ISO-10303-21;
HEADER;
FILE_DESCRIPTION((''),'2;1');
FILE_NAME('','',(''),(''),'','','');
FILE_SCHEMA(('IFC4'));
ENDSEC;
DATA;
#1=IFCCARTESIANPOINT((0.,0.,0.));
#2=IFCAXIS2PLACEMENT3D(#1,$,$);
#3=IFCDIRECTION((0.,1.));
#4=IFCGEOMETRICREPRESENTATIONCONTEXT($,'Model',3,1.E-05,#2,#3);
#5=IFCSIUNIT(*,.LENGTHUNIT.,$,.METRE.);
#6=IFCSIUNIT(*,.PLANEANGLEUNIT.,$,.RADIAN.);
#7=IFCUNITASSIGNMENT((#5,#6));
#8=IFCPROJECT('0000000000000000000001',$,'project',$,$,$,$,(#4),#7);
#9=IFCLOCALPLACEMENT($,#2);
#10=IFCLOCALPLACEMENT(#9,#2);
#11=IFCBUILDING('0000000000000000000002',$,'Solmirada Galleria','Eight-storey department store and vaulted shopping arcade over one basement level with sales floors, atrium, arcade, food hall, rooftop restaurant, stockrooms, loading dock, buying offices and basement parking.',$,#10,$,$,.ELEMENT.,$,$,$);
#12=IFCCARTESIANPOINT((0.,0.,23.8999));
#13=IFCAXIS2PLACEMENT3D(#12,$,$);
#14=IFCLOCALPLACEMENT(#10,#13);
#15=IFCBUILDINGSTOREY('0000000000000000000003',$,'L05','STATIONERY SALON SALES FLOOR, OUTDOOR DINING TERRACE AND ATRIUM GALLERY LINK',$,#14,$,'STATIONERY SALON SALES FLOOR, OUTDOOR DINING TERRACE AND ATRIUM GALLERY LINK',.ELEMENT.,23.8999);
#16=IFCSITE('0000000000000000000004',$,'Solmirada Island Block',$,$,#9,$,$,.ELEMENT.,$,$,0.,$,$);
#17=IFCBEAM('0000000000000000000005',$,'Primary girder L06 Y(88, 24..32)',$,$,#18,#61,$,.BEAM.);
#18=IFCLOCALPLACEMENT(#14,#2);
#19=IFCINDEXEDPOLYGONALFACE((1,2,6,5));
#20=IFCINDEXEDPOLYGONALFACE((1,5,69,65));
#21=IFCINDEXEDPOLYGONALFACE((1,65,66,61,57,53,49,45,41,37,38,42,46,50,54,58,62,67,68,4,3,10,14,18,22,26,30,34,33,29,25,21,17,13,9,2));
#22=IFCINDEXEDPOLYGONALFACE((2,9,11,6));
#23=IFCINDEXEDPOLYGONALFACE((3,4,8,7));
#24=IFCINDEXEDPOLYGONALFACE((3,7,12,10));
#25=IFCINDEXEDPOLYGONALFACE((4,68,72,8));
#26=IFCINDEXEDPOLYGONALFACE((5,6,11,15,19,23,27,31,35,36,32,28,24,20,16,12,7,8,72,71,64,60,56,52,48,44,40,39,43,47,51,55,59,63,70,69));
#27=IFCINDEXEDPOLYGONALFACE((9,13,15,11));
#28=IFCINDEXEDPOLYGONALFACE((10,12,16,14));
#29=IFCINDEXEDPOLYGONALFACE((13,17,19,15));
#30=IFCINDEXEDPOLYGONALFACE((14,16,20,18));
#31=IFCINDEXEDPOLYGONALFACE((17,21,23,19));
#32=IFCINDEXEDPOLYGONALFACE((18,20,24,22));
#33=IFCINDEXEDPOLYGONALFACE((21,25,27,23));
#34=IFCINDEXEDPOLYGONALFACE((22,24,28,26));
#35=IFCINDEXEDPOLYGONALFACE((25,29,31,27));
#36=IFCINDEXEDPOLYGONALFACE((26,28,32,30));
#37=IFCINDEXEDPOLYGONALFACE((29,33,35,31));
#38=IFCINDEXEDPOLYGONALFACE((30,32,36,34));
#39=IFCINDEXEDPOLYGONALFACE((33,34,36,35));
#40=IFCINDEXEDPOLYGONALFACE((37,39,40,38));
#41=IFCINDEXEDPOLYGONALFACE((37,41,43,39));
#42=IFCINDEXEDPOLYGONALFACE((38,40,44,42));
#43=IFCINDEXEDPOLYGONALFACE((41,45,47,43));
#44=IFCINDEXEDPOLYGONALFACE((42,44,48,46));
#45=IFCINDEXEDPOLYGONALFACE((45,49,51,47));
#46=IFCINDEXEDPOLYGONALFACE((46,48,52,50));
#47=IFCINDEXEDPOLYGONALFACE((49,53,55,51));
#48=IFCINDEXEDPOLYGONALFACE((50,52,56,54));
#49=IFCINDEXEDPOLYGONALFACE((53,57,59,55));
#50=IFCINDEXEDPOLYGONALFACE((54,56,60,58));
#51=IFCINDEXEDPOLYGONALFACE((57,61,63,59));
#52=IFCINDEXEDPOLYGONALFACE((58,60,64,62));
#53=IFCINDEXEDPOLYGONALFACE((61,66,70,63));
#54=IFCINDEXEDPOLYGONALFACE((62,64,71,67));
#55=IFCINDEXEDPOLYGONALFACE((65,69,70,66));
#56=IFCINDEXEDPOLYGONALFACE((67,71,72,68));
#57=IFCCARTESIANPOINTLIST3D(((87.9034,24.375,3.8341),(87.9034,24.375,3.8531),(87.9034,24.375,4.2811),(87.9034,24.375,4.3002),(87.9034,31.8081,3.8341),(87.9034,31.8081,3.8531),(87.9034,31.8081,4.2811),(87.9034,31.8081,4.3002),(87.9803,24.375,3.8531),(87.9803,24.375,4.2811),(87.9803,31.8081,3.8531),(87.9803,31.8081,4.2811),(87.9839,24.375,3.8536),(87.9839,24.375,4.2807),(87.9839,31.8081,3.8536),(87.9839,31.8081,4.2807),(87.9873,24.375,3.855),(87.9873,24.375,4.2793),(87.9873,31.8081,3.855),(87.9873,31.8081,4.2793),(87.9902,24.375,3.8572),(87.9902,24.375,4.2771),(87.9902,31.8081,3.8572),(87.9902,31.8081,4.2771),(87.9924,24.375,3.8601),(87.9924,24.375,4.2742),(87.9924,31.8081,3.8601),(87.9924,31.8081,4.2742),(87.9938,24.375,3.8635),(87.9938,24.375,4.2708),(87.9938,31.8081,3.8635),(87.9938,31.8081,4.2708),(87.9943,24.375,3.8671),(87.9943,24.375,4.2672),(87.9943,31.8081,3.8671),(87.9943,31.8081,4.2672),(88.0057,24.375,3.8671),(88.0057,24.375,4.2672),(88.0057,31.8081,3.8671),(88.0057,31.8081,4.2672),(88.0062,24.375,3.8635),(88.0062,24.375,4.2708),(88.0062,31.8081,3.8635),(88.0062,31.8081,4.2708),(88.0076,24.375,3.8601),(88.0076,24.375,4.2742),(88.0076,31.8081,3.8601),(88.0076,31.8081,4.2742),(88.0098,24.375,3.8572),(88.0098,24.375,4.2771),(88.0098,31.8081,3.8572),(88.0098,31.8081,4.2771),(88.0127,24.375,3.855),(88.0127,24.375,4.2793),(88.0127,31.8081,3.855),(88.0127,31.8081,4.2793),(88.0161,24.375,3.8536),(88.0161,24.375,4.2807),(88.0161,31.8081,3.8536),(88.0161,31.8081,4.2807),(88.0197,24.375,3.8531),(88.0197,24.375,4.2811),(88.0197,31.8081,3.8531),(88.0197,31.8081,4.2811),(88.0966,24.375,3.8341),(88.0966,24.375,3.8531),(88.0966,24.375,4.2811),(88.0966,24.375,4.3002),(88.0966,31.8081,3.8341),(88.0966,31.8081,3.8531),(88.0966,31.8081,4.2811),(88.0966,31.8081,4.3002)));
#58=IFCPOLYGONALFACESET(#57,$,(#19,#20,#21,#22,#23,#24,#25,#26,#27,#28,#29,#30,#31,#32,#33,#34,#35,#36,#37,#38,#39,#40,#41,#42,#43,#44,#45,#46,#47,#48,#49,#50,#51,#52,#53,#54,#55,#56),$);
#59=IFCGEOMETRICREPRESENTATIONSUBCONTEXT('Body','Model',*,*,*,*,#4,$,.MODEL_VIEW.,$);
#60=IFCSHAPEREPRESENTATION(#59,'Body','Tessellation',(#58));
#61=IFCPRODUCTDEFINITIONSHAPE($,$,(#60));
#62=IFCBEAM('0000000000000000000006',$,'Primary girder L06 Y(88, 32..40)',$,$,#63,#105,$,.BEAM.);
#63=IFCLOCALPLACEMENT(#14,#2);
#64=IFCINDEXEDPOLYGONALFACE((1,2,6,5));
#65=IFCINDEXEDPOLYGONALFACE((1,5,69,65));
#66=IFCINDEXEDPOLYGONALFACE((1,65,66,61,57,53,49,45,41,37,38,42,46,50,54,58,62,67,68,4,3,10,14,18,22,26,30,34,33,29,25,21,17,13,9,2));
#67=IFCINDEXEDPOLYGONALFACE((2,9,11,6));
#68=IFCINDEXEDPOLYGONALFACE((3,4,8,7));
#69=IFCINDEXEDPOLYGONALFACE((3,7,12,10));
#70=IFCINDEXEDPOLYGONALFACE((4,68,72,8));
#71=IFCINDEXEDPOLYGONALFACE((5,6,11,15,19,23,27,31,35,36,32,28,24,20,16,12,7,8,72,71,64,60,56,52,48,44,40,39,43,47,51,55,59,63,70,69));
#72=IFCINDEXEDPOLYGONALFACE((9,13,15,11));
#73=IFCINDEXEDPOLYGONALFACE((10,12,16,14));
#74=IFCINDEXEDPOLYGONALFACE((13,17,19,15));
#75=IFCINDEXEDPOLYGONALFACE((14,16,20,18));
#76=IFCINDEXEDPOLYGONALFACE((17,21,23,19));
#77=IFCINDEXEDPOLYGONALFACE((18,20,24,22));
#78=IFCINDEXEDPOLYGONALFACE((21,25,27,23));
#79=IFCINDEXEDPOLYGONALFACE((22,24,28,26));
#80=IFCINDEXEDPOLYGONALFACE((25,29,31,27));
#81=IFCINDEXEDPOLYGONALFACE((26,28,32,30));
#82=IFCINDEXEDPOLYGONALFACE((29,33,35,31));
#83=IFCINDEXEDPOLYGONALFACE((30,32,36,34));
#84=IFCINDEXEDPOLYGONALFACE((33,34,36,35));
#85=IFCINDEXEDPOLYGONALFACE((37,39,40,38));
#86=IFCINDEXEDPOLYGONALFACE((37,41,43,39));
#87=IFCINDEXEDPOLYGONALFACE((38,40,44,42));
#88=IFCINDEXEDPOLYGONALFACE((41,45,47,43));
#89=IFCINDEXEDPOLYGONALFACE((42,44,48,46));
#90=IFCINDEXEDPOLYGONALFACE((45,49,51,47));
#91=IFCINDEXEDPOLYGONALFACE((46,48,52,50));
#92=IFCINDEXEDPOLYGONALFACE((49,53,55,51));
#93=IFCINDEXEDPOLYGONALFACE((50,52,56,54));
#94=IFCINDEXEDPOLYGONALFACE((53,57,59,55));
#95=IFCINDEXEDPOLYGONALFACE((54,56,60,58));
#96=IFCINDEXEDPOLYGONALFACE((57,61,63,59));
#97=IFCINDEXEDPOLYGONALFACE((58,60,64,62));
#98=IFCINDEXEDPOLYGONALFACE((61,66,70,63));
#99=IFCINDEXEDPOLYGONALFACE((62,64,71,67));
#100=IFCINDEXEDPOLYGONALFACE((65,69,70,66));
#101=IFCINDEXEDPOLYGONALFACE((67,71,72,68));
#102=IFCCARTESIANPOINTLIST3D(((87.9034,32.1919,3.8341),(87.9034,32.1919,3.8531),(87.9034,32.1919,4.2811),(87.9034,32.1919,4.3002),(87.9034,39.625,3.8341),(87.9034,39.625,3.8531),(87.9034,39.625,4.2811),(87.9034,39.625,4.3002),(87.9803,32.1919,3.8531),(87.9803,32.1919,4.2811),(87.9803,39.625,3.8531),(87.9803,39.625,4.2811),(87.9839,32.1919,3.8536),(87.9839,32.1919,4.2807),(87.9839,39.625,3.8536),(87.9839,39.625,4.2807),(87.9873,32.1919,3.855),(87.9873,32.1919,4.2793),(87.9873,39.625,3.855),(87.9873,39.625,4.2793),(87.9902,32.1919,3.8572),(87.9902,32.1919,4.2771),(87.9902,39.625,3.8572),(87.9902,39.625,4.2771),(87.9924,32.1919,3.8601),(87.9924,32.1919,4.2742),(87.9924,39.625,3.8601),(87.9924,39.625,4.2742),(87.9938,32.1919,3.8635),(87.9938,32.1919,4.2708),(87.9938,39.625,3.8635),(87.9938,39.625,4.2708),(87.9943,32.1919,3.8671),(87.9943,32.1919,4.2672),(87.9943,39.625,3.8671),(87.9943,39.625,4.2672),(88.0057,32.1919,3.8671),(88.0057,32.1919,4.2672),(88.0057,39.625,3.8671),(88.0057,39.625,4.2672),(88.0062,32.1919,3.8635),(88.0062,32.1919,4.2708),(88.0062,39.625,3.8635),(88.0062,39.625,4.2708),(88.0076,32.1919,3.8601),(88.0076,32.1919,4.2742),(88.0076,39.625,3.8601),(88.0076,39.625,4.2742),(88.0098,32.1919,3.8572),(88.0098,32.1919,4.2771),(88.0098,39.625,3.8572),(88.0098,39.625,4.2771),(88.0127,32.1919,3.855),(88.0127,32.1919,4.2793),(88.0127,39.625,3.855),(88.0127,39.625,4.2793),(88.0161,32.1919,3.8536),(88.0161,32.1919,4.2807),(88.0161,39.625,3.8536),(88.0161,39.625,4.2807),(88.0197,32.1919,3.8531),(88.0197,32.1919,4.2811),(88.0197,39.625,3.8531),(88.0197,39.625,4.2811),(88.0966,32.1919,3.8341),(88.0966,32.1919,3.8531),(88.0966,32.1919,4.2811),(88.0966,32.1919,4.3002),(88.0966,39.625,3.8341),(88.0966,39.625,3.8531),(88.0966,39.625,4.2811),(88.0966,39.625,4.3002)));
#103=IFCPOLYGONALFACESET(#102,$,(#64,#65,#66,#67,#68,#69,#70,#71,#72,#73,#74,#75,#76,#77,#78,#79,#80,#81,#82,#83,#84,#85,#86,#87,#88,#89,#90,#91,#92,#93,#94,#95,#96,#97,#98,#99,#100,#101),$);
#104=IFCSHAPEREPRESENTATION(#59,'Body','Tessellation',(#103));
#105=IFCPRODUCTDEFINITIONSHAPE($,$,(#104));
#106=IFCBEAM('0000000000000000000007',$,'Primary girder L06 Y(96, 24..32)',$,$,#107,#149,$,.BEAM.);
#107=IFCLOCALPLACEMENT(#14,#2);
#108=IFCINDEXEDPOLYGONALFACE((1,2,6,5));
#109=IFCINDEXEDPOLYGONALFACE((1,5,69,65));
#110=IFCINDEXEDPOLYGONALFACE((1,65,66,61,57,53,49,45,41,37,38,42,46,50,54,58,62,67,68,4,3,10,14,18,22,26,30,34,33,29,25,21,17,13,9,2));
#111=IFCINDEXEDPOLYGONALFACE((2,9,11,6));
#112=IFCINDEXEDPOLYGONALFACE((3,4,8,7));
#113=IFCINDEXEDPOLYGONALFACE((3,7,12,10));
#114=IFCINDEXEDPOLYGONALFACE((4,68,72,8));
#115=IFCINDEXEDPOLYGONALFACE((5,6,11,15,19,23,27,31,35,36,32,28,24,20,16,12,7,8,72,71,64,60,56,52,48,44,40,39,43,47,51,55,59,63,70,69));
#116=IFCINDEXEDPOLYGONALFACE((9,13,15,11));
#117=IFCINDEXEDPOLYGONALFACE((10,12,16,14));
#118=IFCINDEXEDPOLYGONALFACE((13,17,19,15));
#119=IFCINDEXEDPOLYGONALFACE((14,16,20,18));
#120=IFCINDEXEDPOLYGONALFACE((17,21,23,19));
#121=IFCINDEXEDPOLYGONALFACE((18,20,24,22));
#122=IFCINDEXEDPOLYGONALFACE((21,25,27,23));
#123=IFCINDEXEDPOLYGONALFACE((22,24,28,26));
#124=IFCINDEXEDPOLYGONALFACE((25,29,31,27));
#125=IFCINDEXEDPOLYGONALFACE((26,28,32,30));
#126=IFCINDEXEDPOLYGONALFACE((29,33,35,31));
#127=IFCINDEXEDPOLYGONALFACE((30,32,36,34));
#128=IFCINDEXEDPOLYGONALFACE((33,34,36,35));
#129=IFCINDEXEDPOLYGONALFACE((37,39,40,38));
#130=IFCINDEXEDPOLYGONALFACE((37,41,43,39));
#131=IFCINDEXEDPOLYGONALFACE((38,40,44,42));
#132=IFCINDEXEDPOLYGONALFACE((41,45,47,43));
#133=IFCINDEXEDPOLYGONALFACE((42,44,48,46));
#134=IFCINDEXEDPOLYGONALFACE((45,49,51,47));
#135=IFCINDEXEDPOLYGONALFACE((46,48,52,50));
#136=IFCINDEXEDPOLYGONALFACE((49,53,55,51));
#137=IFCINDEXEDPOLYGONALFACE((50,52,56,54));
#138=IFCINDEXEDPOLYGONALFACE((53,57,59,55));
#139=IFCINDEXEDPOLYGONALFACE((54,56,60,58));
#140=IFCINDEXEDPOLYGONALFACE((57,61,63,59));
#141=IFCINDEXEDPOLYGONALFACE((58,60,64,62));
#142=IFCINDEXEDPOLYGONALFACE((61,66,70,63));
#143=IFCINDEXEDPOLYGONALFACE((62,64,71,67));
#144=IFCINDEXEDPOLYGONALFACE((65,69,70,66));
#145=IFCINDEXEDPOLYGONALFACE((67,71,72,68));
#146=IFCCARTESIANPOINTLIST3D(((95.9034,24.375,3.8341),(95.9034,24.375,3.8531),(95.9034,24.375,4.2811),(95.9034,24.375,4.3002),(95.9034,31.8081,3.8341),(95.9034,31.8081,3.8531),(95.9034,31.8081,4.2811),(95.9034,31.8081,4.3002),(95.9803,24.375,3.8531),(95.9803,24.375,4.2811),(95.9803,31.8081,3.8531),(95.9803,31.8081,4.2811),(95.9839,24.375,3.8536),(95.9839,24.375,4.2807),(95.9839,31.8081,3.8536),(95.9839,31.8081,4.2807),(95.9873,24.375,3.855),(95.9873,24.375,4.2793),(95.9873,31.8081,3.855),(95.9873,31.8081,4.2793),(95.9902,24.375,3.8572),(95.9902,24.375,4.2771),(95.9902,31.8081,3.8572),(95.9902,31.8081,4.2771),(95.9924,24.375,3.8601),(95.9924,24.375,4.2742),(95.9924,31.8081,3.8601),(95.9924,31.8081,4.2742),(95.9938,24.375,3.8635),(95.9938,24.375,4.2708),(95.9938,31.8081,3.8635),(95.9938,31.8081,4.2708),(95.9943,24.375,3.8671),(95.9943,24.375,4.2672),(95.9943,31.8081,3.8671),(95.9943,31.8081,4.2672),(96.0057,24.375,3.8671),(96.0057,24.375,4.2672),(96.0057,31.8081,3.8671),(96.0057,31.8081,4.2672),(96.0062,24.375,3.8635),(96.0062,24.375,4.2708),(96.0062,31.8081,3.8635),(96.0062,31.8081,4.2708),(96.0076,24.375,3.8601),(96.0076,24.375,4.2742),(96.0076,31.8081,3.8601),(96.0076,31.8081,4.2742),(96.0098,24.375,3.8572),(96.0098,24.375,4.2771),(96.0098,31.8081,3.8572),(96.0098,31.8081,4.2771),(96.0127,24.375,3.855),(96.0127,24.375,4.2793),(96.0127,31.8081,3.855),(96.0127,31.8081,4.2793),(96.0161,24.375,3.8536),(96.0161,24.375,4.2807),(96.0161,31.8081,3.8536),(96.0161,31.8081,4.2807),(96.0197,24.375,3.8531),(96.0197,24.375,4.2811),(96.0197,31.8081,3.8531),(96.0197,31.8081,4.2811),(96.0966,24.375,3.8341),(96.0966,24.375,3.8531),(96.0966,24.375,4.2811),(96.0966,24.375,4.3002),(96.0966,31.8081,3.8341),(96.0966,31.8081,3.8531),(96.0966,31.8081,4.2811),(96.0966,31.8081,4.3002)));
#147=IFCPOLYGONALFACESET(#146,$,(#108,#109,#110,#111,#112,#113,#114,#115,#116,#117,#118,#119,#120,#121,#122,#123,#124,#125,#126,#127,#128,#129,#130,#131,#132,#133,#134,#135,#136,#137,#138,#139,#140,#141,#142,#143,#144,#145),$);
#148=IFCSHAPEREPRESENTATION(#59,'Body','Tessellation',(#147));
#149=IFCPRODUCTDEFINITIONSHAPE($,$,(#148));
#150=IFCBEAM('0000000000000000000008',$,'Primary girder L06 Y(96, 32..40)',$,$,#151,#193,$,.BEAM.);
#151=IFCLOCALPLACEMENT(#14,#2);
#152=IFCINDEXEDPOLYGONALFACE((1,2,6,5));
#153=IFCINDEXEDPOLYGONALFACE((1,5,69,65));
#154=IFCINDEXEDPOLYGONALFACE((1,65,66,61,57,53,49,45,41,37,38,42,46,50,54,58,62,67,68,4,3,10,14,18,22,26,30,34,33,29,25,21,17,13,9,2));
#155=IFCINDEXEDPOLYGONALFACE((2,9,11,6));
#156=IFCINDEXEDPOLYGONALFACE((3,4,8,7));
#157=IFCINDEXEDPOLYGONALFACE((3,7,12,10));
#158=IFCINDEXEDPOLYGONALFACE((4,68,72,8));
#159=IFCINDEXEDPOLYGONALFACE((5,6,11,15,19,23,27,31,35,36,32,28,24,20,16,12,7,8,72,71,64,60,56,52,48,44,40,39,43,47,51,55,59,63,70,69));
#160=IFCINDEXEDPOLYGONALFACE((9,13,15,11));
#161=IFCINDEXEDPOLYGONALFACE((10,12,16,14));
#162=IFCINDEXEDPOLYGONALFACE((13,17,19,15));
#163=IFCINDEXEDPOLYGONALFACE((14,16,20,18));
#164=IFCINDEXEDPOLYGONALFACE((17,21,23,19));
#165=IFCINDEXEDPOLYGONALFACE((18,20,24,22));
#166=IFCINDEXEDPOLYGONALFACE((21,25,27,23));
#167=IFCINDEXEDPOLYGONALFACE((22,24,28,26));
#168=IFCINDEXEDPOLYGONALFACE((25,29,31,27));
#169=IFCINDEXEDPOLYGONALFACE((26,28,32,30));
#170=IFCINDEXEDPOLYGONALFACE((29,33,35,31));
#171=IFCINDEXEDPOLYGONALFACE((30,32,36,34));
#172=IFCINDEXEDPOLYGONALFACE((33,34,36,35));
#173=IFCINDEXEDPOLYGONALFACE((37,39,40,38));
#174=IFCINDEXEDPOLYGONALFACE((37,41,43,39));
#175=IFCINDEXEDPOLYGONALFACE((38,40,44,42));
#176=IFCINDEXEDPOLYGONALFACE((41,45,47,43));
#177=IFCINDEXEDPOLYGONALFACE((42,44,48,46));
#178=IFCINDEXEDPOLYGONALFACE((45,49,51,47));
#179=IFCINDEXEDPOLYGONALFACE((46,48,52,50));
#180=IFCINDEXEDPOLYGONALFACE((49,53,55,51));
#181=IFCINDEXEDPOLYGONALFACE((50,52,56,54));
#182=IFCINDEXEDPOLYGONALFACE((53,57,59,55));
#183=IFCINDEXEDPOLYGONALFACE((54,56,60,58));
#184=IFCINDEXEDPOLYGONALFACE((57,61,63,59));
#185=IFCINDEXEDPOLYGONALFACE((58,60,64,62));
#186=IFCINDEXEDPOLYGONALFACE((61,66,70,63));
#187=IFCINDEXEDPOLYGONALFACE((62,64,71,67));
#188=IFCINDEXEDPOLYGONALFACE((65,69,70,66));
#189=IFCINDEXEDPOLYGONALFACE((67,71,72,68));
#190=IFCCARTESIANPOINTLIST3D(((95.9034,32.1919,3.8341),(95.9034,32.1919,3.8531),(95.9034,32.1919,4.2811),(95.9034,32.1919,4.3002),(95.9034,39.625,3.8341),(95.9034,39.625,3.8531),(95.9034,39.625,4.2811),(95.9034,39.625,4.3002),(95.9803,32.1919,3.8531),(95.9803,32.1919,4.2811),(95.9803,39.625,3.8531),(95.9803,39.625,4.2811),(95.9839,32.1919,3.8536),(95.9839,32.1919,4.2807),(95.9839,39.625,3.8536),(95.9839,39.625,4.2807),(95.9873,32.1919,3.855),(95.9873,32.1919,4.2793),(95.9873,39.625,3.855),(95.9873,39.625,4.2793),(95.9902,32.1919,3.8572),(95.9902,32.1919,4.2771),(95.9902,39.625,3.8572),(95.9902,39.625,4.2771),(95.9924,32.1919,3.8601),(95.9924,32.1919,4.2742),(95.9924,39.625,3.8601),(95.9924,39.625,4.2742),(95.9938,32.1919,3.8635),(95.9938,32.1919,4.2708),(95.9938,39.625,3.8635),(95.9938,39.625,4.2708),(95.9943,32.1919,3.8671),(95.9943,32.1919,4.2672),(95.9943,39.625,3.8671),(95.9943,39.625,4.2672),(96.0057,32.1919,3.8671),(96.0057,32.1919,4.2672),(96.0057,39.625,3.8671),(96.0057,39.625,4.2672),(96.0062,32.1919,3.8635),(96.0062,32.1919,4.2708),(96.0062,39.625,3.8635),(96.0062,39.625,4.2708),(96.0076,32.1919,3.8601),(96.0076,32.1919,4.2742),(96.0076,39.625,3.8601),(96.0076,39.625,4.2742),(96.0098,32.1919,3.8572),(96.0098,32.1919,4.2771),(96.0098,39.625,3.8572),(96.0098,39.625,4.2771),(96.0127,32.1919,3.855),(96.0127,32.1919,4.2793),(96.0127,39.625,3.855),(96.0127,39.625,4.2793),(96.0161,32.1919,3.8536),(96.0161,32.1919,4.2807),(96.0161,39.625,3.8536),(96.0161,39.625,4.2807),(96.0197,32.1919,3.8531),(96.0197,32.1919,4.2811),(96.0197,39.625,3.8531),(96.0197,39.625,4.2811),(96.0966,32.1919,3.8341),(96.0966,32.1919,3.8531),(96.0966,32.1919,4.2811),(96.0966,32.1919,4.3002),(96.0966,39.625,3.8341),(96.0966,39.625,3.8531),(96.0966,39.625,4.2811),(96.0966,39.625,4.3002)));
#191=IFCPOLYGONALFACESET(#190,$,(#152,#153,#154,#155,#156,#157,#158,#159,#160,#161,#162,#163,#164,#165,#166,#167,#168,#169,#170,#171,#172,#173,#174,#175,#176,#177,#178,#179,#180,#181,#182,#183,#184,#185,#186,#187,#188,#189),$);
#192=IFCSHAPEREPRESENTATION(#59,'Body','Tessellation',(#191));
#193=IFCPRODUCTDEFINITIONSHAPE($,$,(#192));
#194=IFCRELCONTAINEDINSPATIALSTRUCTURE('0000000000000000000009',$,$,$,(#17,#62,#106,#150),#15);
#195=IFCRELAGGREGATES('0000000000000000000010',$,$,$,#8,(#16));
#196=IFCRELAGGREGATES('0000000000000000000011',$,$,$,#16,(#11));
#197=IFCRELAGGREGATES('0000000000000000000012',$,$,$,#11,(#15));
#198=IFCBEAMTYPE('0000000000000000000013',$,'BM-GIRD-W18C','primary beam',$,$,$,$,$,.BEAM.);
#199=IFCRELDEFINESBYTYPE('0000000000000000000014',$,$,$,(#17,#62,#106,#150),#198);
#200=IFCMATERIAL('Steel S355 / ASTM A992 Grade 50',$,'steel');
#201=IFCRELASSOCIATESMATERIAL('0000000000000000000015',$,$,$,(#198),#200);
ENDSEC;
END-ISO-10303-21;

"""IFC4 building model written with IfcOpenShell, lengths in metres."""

from ifc_helpers import new_model, si_unit, direction, frame, origin, origin_2d, place, context, subcontext, project, spatial, i_section, extrude, material, material_profile, profile_set, type_object, element, save


model = new_model("IFC4")

# Units and contexts
model_context = context("Model", 3, precision=1e-05, world=origin(), true_north=direction((0.0, 1.0)))
body_context = subcontext(model_context, "Body", "Model", "MODEL_VIEW")
ifc_project = project(units=[si_unit("LENGTHUNIT", "METRE"), si_unit("PLANEANGLEUNIT", "RADIAN")], contexts=[model_context])

# Site, building, storey
site_placement = place(None, origin())
site = spatial("IfcSite", under=ifc_project, at=site_placement, Name="Solmirada Island Block", CompositionType="ELEMENT", RefElevation=0.0)
building_placement = place(site_placement, origin())
building = spatial("IfcBuilding", under=site, at=building_placement, Name="Solmirada Galleria", Description="Eight-storey department store and vaulted shopping arcade over one basement level with sales floors, atrium, arcade, food hall, rooftop restaurant, stockrooms, loading dock, buying offices and basement parking.", CompositionType="ELEMENT")
storey_placement = place(building_placement, frame((0.0, 0.0, 23.8999)))
storey = spatial("IfcBuildingStorey", under=building, at=storey_placement, Name="L05", Description="STATIONERY SALON SALES FLOOR, OUTDOOR DINING TERRACE AND ATRIUM GALLERY LINK", LongName="STATIONERY SALON SALES FLOOR, OUTDOOR DINING TERRACE AND ATRIUM GALLERY LINK", CompositionType="ELEMENT", Elevation=23.8999)

# Beams
ifc_material_1 = material(Name="Steel S355 / ASTM A992 Grade 50", Category="steel")
ifc_material_profile_1 = material_profile(ifc_material_1, i_section(OverallWidth=0.1931, OverallDepth=0.4661, WebThickness=0.0115, FlangeThickness=0.019, FilletRadius=0.0139, at=origin_2d()), Name="W18X65")
ifc_profile_set_1 = profile_set([ifc_material_profile_1], Name="Steel S355 / ASTM A992 Grade 50")
beam_type_1 = type_object("IfcBeamType", Name="BM-GIRD-W18C", Description="primary beam", PredefinedType="BEAM", material=ifc_profile_set_1)
for number, where, z_axis, x_axis, name in (
    (1, (88.0, 24.375, 4.0671), (0.0, 1.0, 0.0), (-1.0, 0.0, 0.0), "Primary girder L06 Y(88, 24..32)"),
    (2, (88.0, 32.1919, 4.0671), (0.0, 1.0, 0.0), (-1.0, 0.0, 0.0), "Primary girder L06 Y(88, 32..40)"),
    (3, (96.0, 24.375, 4.0671), (0.0, 1.0, 0.0), (-1.0, 0.0, 0.0), "Primary girder L06 Y(96, 24..32)"),
    (4, (96.0, 32.1919, 4.0671), (0.0, 1.0, 0.0), (-1.0, 0.0, 0.0), "Primary girder L06 Y(96, 32..40)"),
):
    element("IfcBeam", number, at=place(storey_placement, frame(where, z_axis=z_axis, x_axis=x_axis)), inside=storey, type_object=beam_type_1, Name=name, PredefinedType="BEAM", context=body_context, shape_type="SweptSolid", body=[
        extrude(i_section(OverallWidth=0.1931, OverallDepth=0.4661, WebThickness=0.0115, FlangeThickness=0.019, FilletRadius=0.0139, at=origin_2d()), origin(), (0.0, 0.0, 1.0), 7.4331),
    ])

save(model, "model.ifc")
